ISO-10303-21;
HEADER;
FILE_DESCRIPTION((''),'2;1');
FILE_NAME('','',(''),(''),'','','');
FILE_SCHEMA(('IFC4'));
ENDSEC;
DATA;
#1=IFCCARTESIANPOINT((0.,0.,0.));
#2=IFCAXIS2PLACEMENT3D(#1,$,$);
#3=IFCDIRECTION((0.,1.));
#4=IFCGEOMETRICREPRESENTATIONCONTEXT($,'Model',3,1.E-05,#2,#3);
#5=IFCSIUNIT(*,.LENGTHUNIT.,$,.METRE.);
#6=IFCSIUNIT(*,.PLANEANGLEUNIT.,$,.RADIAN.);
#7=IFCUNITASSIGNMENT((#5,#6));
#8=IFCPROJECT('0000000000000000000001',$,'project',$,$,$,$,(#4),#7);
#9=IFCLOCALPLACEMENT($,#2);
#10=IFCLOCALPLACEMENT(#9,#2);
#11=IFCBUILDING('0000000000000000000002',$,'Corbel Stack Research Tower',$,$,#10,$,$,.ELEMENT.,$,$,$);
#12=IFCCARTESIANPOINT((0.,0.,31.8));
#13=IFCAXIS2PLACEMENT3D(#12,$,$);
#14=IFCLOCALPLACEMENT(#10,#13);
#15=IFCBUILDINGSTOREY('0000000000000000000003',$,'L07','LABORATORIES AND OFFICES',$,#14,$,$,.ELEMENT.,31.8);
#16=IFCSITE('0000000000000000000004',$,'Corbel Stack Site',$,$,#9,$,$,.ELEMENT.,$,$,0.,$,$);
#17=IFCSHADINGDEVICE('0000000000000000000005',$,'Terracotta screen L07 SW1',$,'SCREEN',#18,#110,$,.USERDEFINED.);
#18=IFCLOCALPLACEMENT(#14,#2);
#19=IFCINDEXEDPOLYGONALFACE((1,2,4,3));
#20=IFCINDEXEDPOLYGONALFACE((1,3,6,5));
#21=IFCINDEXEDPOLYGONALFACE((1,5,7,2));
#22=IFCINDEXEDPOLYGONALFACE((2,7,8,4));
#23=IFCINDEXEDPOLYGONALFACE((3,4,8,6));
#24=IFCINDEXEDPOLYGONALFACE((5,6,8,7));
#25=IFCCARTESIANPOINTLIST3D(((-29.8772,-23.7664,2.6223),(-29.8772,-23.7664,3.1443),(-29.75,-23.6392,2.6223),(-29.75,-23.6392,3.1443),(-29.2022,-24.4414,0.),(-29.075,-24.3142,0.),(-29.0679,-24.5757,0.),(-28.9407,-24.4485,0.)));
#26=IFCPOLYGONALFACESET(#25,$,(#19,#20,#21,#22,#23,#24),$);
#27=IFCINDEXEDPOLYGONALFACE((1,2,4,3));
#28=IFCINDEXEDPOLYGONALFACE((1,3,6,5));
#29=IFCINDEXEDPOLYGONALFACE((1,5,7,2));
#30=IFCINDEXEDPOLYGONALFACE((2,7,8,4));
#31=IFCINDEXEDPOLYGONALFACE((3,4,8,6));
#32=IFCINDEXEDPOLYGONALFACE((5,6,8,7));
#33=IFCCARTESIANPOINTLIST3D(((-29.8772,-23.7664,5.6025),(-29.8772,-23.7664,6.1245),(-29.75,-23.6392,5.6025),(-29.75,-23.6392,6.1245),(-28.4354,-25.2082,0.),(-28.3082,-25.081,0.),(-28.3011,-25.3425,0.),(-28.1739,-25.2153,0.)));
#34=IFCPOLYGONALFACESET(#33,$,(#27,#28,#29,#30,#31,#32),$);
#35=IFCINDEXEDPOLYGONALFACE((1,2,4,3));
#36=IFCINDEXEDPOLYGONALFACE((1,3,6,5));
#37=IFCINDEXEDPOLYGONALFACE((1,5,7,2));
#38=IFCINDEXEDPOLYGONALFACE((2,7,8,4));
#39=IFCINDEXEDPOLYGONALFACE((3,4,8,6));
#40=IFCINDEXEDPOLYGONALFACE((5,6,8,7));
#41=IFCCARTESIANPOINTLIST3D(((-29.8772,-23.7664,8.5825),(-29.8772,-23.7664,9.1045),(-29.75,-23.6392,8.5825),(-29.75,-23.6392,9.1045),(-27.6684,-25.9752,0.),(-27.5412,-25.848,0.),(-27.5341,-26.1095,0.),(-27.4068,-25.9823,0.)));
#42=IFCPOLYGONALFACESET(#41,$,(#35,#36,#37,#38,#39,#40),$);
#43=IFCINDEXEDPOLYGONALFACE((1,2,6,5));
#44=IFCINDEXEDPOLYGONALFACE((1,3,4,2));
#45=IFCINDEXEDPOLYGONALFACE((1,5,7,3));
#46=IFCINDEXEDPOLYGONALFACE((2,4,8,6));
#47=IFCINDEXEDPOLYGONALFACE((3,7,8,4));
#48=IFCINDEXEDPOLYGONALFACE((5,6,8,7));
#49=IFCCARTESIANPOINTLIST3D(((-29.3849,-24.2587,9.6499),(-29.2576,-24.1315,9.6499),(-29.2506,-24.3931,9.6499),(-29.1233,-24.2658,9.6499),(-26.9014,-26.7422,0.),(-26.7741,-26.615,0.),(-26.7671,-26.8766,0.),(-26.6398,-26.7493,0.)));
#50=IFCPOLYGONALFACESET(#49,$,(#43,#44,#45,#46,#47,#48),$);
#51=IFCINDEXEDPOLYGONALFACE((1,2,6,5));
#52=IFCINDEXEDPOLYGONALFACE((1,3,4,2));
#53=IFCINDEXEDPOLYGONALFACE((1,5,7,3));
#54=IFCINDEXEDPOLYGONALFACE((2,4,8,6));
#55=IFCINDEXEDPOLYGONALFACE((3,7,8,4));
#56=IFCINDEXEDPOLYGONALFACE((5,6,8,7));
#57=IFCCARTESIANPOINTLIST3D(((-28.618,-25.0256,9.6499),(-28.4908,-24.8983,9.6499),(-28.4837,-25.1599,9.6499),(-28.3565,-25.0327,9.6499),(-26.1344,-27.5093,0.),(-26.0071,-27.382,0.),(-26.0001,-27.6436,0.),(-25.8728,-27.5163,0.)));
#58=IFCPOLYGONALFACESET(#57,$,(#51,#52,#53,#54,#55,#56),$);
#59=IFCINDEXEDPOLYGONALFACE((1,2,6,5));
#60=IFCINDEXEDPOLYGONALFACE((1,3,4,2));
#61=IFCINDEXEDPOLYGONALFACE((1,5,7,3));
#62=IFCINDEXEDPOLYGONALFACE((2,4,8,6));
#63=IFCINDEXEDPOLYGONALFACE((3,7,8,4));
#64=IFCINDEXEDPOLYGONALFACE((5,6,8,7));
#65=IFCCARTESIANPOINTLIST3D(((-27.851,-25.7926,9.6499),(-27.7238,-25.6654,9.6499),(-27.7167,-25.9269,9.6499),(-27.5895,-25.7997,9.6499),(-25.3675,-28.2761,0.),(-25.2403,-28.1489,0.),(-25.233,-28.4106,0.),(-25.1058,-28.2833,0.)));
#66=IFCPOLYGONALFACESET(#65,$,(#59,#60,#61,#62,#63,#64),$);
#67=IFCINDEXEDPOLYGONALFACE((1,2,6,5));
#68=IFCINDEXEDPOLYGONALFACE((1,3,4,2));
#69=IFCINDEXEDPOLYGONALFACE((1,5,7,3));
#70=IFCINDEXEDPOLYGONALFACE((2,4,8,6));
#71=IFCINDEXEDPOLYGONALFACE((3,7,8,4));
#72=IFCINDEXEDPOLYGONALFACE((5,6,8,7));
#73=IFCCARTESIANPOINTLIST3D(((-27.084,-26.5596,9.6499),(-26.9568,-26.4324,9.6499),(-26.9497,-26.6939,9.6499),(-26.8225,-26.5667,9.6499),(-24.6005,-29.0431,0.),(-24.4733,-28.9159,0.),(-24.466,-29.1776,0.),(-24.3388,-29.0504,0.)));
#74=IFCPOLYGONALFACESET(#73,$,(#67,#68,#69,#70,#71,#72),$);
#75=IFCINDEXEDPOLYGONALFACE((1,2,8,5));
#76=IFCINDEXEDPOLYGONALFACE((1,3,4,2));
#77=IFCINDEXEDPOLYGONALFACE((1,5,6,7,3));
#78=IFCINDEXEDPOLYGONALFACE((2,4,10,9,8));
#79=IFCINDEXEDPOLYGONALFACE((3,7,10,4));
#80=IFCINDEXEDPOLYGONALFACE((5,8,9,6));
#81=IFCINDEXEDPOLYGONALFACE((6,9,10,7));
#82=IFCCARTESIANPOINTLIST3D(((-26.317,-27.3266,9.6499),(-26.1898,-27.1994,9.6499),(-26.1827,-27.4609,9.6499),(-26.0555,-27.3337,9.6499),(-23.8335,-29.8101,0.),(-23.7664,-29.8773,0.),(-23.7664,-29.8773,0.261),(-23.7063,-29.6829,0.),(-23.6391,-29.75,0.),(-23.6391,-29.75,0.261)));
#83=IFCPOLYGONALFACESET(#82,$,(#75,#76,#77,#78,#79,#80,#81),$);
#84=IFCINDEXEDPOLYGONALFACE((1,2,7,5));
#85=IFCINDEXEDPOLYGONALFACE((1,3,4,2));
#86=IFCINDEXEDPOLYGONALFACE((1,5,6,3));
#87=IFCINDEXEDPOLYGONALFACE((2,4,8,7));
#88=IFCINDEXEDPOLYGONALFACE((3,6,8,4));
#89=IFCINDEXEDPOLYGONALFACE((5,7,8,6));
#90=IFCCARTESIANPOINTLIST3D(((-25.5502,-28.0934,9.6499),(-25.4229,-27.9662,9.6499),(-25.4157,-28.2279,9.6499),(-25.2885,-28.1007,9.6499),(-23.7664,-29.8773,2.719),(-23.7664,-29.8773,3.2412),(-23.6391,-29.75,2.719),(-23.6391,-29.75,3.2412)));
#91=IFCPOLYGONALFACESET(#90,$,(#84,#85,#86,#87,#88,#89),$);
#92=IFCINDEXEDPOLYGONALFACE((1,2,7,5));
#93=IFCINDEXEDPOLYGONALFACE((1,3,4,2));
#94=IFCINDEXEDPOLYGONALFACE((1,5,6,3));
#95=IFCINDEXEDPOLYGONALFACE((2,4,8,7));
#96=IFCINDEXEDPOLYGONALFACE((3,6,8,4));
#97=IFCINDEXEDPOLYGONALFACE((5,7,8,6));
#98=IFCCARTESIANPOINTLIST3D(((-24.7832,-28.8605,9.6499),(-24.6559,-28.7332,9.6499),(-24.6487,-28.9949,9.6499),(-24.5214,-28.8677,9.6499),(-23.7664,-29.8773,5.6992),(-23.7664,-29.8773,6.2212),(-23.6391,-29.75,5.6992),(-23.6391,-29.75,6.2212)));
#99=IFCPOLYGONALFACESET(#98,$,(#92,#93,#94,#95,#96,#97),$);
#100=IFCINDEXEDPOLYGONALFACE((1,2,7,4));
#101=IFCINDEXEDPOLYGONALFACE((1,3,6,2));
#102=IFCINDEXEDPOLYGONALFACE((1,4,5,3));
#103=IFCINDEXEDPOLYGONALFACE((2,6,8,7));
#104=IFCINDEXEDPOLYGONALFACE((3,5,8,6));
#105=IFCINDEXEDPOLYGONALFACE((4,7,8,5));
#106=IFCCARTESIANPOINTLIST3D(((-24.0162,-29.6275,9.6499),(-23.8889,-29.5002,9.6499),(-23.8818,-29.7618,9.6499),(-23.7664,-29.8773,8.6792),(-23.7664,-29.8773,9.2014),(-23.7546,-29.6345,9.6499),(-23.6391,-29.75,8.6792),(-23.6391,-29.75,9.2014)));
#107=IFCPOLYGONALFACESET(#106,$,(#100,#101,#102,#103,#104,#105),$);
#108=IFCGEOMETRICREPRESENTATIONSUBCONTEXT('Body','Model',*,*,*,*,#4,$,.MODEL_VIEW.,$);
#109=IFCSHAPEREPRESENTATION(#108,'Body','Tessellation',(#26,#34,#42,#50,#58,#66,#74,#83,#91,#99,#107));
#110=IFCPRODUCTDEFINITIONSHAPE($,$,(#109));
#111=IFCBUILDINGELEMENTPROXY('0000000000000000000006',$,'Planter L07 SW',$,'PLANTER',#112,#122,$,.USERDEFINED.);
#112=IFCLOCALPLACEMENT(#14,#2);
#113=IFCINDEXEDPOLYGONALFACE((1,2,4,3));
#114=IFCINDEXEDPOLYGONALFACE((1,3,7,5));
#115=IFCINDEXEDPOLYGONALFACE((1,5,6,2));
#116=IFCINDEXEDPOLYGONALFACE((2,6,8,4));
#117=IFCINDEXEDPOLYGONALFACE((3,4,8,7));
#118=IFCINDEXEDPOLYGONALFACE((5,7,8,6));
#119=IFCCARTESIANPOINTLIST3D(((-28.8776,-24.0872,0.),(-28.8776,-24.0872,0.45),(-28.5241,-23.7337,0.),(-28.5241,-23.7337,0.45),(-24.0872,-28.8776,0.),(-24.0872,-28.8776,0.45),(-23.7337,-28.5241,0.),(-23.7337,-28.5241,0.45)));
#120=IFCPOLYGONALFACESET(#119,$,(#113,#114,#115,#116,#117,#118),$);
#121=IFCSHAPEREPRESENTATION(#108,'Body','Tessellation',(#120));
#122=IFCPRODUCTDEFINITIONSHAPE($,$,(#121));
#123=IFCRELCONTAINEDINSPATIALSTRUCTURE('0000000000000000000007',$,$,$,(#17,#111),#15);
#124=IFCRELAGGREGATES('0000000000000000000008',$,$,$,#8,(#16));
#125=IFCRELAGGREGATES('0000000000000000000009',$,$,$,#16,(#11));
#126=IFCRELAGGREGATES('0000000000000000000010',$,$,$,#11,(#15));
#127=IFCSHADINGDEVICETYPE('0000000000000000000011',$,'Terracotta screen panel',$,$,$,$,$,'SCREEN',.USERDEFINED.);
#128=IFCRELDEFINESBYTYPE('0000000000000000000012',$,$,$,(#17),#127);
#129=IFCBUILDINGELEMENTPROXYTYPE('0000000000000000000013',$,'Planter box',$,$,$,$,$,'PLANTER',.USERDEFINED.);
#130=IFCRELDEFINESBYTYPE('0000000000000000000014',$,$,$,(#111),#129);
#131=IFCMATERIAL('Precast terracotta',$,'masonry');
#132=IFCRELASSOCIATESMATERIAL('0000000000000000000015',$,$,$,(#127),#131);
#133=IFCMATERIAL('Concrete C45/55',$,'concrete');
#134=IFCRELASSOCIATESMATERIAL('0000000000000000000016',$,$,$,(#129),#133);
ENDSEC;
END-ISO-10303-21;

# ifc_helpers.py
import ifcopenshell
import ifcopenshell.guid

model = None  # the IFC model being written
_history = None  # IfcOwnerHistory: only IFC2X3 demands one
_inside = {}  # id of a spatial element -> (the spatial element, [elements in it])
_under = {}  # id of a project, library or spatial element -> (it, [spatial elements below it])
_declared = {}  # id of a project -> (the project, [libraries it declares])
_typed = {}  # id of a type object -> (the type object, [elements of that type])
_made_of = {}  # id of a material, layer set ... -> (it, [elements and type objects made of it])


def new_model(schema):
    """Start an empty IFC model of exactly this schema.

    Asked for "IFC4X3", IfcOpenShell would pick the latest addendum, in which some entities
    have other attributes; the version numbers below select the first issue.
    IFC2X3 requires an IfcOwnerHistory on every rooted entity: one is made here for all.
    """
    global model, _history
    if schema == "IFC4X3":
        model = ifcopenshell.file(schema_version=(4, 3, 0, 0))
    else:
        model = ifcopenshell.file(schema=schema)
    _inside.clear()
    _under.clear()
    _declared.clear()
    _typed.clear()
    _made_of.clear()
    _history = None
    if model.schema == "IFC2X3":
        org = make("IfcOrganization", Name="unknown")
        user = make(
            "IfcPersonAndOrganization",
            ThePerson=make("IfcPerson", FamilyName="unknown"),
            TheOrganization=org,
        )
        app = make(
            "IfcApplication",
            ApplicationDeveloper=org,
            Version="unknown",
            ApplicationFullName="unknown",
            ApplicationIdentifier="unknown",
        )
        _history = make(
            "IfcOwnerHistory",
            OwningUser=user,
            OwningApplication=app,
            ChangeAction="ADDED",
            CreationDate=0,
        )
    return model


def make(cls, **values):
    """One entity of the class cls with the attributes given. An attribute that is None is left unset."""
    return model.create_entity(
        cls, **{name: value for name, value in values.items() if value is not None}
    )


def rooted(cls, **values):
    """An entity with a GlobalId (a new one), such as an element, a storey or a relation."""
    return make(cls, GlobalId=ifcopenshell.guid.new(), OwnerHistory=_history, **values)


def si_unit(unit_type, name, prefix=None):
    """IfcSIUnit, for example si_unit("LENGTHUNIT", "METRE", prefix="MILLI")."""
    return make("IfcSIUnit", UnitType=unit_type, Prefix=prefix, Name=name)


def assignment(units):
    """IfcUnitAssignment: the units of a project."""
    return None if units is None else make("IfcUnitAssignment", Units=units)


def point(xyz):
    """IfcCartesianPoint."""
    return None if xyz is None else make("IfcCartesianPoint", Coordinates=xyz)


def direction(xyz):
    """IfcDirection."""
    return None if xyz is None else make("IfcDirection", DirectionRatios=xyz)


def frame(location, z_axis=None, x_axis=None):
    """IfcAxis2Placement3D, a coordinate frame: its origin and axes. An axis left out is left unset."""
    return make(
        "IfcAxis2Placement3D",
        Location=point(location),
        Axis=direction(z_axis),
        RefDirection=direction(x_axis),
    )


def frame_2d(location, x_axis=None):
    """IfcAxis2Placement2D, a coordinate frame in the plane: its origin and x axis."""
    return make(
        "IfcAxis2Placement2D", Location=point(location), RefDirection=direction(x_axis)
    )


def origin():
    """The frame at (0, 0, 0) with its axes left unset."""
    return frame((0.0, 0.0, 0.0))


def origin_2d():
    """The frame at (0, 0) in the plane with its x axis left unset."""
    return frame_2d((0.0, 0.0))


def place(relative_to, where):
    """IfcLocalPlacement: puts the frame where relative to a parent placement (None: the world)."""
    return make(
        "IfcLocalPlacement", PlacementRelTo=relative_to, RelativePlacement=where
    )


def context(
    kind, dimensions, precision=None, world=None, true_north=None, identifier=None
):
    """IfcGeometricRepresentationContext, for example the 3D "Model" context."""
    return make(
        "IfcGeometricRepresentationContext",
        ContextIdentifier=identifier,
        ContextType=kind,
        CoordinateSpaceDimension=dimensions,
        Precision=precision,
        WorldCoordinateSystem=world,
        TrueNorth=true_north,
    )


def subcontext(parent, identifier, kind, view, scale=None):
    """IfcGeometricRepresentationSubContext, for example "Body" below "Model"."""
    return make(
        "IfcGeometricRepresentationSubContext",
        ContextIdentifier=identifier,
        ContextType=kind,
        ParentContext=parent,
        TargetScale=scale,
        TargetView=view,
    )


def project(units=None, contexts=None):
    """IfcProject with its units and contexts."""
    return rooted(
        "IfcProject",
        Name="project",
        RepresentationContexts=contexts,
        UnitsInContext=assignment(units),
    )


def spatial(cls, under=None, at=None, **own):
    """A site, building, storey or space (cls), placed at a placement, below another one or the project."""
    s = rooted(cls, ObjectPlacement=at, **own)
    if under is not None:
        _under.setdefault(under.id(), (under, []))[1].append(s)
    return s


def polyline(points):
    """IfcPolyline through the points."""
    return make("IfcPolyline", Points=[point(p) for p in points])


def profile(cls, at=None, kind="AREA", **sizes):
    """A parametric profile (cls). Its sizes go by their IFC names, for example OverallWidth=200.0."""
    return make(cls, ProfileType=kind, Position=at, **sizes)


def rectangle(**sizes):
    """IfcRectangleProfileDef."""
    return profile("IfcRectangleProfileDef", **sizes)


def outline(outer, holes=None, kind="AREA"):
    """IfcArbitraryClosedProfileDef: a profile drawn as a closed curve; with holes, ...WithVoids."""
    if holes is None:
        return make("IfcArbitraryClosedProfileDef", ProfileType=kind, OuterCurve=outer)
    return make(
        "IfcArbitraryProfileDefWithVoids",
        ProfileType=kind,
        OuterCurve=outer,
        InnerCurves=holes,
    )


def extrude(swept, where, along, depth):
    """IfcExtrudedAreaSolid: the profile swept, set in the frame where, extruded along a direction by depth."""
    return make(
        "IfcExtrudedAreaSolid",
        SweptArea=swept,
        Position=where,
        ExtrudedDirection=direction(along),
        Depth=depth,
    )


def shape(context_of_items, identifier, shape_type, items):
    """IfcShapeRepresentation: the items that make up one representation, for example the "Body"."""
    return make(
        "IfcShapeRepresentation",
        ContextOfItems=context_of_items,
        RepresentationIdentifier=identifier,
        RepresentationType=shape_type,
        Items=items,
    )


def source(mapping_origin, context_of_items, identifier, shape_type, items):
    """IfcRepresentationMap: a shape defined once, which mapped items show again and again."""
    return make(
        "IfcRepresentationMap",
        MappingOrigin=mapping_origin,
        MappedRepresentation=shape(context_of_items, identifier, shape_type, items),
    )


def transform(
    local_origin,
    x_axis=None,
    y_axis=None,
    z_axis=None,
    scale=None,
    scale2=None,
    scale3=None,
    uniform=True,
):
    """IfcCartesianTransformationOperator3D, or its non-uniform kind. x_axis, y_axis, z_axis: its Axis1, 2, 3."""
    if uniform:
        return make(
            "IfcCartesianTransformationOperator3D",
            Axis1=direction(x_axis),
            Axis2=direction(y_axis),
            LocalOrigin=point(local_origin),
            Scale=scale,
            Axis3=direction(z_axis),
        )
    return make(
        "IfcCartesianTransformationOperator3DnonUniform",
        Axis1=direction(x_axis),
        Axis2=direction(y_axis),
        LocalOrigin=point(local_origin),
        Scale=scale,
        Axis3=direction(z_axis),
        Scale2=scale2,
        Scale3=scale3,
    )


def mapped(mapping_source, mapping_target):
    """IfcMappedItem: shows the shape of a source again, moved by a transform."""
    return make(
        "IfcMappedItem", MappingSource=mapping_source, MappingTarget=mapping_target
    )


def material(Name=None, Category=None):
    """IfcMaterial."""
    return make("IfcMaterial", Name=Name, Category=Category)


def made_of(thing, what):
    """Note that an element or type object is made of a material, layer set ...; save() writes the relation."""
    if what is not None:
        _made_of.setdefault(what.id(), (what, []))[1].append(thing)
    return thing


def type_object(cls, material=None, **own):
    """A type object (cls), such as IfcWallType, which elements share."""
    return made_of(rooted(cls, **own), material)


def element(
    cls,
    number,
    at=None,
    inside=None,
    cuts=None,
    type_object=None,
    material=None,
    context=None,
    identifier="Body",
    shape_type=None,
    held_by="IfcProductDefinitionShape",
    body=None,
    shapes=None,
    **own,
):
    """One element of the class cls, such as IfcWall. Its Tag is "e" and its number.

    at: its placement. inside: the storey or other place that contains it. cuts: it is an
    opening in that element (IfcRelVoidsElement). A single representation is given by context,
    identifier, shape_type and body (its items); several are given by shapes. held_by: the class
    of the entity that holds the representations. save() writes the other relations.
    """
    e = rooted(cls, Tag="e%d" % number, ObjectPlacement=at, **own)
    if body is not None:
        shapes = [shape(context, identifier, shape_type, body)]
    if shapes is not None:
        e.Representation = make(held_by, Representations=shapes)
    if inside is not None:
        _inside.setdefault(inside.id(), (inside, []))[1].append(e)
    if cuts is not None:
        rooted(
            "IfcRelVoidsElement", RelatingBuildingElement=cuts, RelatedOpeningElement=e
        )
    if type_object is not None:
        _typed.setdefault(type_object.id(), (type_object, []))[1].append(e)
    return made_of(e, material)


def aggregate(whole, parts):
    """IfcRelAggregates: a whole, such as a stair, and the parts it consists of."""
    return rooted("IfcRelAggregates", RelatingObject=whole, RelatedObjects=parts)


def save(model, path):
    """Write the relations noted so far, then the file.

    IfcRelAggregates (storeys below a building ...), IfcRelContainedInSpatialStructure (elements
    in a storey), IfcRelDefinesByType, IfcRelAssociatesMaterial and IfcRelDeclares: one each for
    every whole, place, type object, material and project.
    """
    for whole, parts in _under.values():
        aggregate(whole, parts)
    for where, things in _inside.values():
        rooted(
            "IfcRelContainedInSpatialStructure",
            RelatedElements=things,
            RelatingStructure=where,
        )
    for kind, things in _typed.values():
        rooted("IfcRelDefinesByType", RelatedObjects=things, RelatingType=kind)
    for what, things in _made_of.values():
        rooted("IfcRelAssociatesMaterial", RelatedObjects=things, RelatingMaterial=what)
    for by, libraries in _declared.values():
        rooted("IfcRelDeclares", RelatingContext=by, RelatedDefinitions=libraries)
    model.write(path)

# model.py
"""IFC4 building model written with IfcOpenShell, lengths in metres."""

from ifc_helpers import new_model, si_unit, direction, frame, origin, origin_2d, place, context, subcontext, project, spatial, polyline, rectangle, outline, extrude, source, transform, mapped, material, type_object, element, save


model = new_model("IFC4")

# Units and contexts
model_context = context("Model", 3, precision=1e-05, world=origin(), true_north=direction((0.0, 1.0)))
body_context = subcontext(model_context, "Body", "Model", "MODEL_VIEW")
ifc_project = project(units=[si_unit("LENGTHUNIT", "METRE"), si_unit("PLANEANGLEUNIT", "RADIAN")], contexts=[model_context])

# Site, building, storey
site_placement = place(None, origin())
site = spatial("IfcSite", under=ifc_project, at=site_placement, Name="Corbel Stack Site", CompositionType="ELEMENT", RefElevation=0.0)
building_placement = place(site_placement, origin())
building = spatial("IfcBuilding", under=site, at=building_placement, Name="Corbel Stack Research Tower", CompositionType="ELEMENT")
storey_placement = place(building_placement, frame((0.0, 0.0, 31.8)))
storey = spatial("IfcBuildingStorey", under=building, at=storey_placement, Name="L07", Description="LABORATORIES AND OFFICES", CompositionType="ELEMENT", Elevation=31.8)

# Shading device
ifc_material_1 = material(Name="Precast terracotta", Category="masonry")
shading_device_type = type_object("IfcShadingDeviceType", Name="Terracotta screen panel", ElementType="SCREEN", PredefinedType="USERDEFINED", material=ifc_material_1)
shared_shape_1 = source(origin(), body_context, "Body", "SweptSolid", [
    extrude(outline(polyline([(1.1445, 0.0), (0.0, 3.1443), (0.0, 2.6223), (0.9546, 0.0), (1.1445, 0.0)])), frame((0.0, 0.0, 0.0), z_axis=(0.0, -1.0, 0.0), x_axis=(1.0, 0.0, 0.0)), (0.0, 0.0, 1.0), 0.1799),
    extrude(outline(polyline([(2.229, 0.0), (0.0, 6.1245), (0.0, 5.6025), (2.0391, 0.0), (2.229, 0.0)])), frame((0.0, 0.0, 0.0), z_axis=(0.0, -1.0, 0.0), x_axis=(1.0, 0.0, 0.0)), (0.0, 0.0, 1.0), 0.1799),
    extrude(outline(polyline([(3.3137, 0.0), (0.0, 9.1045), (0.0, 8.5825), (3.1238, 0.0), (3.3137, 0.0)])), frame((0.0, 0.0, 0.0), z_axis=(0.0, -1.0, 0.0), x_axis=(1.0, 0.0, 0.0)), (0.0, 0.0, 1.0), 0.1799),
    extrude(outline(polyline([(4.3984, 0.0), (0.8862, 9.6499), (0.6963, 9.6499), (4.2085, 0.0), (4.3984, 0.0)])), frame((0.0, 0.0, 0.0), z_axis=(0.0, -1.0, 0.0), x_axis=(1.0, 0.0, 0.0)), (0.0, 0.0, 1.0), 0.1799),
    extrude(outline(polyline([(5.4832, 0.0), (1.9707, 9.6499), (1.7808, 9.6499), (5.2932, 0.0), (5.4832, 0.0)])), frame((0.0, 0.0, 0.0), z_axis=(0.0, -1.0, 0.0), x_axis=(1.0, 0.0, 0.0)), (0.0, 0.0, 1.0), 0.1799),
    extrude(outline(polyline([(6.5679, 0.0), (3.0554, 9.6499), (2.8655, 9.6499), (6.3777, 0.0), (6.5679, 0.0)])), frame((0.0, 0.0, 0.0), z_axis=(0.0, -1.0, 0.0), x_axis=(1.0, 0.0, 0.0)), (0.0, 0.0, 1.0), 0.1799),
    extrude(outline(polyline([(7.6526, 0.0), (4.1401, 9.6499), (3.9502, 9.6499), (7.4624, 0.0), (7.6526, 0.0)])), frame((0.0, 0.0, 0.0), z_axis=(0.0, -1.0, 0.0), x_axis=(1.0, 0.0, 0.0)), (0.0, 0.0, 1.0), 0.1799),
    extrude(outline(polyline([(8.6421, 0.0), (8.6421, 0.261), (5.2249, 9.6499), (5.0349, 9.6499), (8.5471, 0.0), (8.6421, 0.0)])), frame((0.0, 0.0, 0.0), z_axis=(0.0, -1.0, 0.0), x_axis=(1.0, 0.0, 0.0)), (0.0, 0.0, 1.0), 0.1799),
    extrude(outline(polyline([(6.3096, 9.6499), (6.1194, 9.6499), (8.6421, 2.719), (8.6421, 3.2412), (6.3096, 9.6499)])), frame((0.0, 0.0, 0.0), z_axis=(0.0, -1.0, 0.0), x_axis=(1.0, 0.0, 0.0)), (0.0, 0.0, 1.0), 0.1799),
    extrude(outline(polyline([(7.3943, 9.6499), (7.2041, 9.6499), (8.6421, 5.6992), (8.6421, 6.2212), (7.3943, 9.6499)])), frame((0.0, 0.0, 0.0), z_axis=(0.0, -1.0, 0.0), x_axis=(1.0, 0.0, 0.0)), (0.0, 0.0, 1.0), 0.1799),
    extrude(outline(polyline([(8.4788, 9.6499), (8.2888, 9.6499), (8.6421, 8.6792), (8.6421, 9.2014), (8.4788, 9.6499)])), frame((0.0, 0.0, 0.0), z_axis=(0.0, -1.0, 0.0), x_axis=(1.0, 0.0, 0.0)), (0.0, 0.0, 1.0), 0.1799),
])
shading_device_1_placement = place(storey_placement, frame((-29.75, -23.6392, 0.0), z_axis=(0.0, 0.0, 1.0), x_axis=(0.707107, -0.707107, 0.0)))
element("IfcShadingDevice", 1, at=shading_device_1_placement, inside=storey, type_object=shading_device_type, Name="Terracotta screen L07 SW1", ObjectType="SCREEN", PredefinedType="USERDEFINED", context=body_context, shape_type="MappedRepresentation", body=[
    mapped(shared_shape_1, transform((0.0, 0.0, 0.0))),
])

# Building element proxy
ifc_material_2 = material(Name="Concrete C45/55", Category="concrete")
building_element_proxy_type = type_object("IfcBuildingElementProxyType", Name="Planter box", ElementType="PLANTER", PredefinedType="USERDEFINED", material=ifc_material_2)
proxy_placement = place(storey_placement, frame((-26.3057, -26.3057, 0.0), z_axis=(0.0, 0.0, 1.0), x_axis=(0.707107, -0.707107, 0.0)))
element("IfcBuildingElementProxy", 2, at=proxy_placement, inside=storey, type_object=building_element_proxy_type, Name="Planter L07 SW", ObjectType="PLANTER", PredefinedType="USERDEFINED", context=body_context, shape_type="SweptSolid", body=[
    extrude(rectangle(XDim=6.7747, YDim=0.5, at=origin_2d()), origin(), (0.0, 0.0, 1.0), 0.45),
])

save(model, "model.ifc")
